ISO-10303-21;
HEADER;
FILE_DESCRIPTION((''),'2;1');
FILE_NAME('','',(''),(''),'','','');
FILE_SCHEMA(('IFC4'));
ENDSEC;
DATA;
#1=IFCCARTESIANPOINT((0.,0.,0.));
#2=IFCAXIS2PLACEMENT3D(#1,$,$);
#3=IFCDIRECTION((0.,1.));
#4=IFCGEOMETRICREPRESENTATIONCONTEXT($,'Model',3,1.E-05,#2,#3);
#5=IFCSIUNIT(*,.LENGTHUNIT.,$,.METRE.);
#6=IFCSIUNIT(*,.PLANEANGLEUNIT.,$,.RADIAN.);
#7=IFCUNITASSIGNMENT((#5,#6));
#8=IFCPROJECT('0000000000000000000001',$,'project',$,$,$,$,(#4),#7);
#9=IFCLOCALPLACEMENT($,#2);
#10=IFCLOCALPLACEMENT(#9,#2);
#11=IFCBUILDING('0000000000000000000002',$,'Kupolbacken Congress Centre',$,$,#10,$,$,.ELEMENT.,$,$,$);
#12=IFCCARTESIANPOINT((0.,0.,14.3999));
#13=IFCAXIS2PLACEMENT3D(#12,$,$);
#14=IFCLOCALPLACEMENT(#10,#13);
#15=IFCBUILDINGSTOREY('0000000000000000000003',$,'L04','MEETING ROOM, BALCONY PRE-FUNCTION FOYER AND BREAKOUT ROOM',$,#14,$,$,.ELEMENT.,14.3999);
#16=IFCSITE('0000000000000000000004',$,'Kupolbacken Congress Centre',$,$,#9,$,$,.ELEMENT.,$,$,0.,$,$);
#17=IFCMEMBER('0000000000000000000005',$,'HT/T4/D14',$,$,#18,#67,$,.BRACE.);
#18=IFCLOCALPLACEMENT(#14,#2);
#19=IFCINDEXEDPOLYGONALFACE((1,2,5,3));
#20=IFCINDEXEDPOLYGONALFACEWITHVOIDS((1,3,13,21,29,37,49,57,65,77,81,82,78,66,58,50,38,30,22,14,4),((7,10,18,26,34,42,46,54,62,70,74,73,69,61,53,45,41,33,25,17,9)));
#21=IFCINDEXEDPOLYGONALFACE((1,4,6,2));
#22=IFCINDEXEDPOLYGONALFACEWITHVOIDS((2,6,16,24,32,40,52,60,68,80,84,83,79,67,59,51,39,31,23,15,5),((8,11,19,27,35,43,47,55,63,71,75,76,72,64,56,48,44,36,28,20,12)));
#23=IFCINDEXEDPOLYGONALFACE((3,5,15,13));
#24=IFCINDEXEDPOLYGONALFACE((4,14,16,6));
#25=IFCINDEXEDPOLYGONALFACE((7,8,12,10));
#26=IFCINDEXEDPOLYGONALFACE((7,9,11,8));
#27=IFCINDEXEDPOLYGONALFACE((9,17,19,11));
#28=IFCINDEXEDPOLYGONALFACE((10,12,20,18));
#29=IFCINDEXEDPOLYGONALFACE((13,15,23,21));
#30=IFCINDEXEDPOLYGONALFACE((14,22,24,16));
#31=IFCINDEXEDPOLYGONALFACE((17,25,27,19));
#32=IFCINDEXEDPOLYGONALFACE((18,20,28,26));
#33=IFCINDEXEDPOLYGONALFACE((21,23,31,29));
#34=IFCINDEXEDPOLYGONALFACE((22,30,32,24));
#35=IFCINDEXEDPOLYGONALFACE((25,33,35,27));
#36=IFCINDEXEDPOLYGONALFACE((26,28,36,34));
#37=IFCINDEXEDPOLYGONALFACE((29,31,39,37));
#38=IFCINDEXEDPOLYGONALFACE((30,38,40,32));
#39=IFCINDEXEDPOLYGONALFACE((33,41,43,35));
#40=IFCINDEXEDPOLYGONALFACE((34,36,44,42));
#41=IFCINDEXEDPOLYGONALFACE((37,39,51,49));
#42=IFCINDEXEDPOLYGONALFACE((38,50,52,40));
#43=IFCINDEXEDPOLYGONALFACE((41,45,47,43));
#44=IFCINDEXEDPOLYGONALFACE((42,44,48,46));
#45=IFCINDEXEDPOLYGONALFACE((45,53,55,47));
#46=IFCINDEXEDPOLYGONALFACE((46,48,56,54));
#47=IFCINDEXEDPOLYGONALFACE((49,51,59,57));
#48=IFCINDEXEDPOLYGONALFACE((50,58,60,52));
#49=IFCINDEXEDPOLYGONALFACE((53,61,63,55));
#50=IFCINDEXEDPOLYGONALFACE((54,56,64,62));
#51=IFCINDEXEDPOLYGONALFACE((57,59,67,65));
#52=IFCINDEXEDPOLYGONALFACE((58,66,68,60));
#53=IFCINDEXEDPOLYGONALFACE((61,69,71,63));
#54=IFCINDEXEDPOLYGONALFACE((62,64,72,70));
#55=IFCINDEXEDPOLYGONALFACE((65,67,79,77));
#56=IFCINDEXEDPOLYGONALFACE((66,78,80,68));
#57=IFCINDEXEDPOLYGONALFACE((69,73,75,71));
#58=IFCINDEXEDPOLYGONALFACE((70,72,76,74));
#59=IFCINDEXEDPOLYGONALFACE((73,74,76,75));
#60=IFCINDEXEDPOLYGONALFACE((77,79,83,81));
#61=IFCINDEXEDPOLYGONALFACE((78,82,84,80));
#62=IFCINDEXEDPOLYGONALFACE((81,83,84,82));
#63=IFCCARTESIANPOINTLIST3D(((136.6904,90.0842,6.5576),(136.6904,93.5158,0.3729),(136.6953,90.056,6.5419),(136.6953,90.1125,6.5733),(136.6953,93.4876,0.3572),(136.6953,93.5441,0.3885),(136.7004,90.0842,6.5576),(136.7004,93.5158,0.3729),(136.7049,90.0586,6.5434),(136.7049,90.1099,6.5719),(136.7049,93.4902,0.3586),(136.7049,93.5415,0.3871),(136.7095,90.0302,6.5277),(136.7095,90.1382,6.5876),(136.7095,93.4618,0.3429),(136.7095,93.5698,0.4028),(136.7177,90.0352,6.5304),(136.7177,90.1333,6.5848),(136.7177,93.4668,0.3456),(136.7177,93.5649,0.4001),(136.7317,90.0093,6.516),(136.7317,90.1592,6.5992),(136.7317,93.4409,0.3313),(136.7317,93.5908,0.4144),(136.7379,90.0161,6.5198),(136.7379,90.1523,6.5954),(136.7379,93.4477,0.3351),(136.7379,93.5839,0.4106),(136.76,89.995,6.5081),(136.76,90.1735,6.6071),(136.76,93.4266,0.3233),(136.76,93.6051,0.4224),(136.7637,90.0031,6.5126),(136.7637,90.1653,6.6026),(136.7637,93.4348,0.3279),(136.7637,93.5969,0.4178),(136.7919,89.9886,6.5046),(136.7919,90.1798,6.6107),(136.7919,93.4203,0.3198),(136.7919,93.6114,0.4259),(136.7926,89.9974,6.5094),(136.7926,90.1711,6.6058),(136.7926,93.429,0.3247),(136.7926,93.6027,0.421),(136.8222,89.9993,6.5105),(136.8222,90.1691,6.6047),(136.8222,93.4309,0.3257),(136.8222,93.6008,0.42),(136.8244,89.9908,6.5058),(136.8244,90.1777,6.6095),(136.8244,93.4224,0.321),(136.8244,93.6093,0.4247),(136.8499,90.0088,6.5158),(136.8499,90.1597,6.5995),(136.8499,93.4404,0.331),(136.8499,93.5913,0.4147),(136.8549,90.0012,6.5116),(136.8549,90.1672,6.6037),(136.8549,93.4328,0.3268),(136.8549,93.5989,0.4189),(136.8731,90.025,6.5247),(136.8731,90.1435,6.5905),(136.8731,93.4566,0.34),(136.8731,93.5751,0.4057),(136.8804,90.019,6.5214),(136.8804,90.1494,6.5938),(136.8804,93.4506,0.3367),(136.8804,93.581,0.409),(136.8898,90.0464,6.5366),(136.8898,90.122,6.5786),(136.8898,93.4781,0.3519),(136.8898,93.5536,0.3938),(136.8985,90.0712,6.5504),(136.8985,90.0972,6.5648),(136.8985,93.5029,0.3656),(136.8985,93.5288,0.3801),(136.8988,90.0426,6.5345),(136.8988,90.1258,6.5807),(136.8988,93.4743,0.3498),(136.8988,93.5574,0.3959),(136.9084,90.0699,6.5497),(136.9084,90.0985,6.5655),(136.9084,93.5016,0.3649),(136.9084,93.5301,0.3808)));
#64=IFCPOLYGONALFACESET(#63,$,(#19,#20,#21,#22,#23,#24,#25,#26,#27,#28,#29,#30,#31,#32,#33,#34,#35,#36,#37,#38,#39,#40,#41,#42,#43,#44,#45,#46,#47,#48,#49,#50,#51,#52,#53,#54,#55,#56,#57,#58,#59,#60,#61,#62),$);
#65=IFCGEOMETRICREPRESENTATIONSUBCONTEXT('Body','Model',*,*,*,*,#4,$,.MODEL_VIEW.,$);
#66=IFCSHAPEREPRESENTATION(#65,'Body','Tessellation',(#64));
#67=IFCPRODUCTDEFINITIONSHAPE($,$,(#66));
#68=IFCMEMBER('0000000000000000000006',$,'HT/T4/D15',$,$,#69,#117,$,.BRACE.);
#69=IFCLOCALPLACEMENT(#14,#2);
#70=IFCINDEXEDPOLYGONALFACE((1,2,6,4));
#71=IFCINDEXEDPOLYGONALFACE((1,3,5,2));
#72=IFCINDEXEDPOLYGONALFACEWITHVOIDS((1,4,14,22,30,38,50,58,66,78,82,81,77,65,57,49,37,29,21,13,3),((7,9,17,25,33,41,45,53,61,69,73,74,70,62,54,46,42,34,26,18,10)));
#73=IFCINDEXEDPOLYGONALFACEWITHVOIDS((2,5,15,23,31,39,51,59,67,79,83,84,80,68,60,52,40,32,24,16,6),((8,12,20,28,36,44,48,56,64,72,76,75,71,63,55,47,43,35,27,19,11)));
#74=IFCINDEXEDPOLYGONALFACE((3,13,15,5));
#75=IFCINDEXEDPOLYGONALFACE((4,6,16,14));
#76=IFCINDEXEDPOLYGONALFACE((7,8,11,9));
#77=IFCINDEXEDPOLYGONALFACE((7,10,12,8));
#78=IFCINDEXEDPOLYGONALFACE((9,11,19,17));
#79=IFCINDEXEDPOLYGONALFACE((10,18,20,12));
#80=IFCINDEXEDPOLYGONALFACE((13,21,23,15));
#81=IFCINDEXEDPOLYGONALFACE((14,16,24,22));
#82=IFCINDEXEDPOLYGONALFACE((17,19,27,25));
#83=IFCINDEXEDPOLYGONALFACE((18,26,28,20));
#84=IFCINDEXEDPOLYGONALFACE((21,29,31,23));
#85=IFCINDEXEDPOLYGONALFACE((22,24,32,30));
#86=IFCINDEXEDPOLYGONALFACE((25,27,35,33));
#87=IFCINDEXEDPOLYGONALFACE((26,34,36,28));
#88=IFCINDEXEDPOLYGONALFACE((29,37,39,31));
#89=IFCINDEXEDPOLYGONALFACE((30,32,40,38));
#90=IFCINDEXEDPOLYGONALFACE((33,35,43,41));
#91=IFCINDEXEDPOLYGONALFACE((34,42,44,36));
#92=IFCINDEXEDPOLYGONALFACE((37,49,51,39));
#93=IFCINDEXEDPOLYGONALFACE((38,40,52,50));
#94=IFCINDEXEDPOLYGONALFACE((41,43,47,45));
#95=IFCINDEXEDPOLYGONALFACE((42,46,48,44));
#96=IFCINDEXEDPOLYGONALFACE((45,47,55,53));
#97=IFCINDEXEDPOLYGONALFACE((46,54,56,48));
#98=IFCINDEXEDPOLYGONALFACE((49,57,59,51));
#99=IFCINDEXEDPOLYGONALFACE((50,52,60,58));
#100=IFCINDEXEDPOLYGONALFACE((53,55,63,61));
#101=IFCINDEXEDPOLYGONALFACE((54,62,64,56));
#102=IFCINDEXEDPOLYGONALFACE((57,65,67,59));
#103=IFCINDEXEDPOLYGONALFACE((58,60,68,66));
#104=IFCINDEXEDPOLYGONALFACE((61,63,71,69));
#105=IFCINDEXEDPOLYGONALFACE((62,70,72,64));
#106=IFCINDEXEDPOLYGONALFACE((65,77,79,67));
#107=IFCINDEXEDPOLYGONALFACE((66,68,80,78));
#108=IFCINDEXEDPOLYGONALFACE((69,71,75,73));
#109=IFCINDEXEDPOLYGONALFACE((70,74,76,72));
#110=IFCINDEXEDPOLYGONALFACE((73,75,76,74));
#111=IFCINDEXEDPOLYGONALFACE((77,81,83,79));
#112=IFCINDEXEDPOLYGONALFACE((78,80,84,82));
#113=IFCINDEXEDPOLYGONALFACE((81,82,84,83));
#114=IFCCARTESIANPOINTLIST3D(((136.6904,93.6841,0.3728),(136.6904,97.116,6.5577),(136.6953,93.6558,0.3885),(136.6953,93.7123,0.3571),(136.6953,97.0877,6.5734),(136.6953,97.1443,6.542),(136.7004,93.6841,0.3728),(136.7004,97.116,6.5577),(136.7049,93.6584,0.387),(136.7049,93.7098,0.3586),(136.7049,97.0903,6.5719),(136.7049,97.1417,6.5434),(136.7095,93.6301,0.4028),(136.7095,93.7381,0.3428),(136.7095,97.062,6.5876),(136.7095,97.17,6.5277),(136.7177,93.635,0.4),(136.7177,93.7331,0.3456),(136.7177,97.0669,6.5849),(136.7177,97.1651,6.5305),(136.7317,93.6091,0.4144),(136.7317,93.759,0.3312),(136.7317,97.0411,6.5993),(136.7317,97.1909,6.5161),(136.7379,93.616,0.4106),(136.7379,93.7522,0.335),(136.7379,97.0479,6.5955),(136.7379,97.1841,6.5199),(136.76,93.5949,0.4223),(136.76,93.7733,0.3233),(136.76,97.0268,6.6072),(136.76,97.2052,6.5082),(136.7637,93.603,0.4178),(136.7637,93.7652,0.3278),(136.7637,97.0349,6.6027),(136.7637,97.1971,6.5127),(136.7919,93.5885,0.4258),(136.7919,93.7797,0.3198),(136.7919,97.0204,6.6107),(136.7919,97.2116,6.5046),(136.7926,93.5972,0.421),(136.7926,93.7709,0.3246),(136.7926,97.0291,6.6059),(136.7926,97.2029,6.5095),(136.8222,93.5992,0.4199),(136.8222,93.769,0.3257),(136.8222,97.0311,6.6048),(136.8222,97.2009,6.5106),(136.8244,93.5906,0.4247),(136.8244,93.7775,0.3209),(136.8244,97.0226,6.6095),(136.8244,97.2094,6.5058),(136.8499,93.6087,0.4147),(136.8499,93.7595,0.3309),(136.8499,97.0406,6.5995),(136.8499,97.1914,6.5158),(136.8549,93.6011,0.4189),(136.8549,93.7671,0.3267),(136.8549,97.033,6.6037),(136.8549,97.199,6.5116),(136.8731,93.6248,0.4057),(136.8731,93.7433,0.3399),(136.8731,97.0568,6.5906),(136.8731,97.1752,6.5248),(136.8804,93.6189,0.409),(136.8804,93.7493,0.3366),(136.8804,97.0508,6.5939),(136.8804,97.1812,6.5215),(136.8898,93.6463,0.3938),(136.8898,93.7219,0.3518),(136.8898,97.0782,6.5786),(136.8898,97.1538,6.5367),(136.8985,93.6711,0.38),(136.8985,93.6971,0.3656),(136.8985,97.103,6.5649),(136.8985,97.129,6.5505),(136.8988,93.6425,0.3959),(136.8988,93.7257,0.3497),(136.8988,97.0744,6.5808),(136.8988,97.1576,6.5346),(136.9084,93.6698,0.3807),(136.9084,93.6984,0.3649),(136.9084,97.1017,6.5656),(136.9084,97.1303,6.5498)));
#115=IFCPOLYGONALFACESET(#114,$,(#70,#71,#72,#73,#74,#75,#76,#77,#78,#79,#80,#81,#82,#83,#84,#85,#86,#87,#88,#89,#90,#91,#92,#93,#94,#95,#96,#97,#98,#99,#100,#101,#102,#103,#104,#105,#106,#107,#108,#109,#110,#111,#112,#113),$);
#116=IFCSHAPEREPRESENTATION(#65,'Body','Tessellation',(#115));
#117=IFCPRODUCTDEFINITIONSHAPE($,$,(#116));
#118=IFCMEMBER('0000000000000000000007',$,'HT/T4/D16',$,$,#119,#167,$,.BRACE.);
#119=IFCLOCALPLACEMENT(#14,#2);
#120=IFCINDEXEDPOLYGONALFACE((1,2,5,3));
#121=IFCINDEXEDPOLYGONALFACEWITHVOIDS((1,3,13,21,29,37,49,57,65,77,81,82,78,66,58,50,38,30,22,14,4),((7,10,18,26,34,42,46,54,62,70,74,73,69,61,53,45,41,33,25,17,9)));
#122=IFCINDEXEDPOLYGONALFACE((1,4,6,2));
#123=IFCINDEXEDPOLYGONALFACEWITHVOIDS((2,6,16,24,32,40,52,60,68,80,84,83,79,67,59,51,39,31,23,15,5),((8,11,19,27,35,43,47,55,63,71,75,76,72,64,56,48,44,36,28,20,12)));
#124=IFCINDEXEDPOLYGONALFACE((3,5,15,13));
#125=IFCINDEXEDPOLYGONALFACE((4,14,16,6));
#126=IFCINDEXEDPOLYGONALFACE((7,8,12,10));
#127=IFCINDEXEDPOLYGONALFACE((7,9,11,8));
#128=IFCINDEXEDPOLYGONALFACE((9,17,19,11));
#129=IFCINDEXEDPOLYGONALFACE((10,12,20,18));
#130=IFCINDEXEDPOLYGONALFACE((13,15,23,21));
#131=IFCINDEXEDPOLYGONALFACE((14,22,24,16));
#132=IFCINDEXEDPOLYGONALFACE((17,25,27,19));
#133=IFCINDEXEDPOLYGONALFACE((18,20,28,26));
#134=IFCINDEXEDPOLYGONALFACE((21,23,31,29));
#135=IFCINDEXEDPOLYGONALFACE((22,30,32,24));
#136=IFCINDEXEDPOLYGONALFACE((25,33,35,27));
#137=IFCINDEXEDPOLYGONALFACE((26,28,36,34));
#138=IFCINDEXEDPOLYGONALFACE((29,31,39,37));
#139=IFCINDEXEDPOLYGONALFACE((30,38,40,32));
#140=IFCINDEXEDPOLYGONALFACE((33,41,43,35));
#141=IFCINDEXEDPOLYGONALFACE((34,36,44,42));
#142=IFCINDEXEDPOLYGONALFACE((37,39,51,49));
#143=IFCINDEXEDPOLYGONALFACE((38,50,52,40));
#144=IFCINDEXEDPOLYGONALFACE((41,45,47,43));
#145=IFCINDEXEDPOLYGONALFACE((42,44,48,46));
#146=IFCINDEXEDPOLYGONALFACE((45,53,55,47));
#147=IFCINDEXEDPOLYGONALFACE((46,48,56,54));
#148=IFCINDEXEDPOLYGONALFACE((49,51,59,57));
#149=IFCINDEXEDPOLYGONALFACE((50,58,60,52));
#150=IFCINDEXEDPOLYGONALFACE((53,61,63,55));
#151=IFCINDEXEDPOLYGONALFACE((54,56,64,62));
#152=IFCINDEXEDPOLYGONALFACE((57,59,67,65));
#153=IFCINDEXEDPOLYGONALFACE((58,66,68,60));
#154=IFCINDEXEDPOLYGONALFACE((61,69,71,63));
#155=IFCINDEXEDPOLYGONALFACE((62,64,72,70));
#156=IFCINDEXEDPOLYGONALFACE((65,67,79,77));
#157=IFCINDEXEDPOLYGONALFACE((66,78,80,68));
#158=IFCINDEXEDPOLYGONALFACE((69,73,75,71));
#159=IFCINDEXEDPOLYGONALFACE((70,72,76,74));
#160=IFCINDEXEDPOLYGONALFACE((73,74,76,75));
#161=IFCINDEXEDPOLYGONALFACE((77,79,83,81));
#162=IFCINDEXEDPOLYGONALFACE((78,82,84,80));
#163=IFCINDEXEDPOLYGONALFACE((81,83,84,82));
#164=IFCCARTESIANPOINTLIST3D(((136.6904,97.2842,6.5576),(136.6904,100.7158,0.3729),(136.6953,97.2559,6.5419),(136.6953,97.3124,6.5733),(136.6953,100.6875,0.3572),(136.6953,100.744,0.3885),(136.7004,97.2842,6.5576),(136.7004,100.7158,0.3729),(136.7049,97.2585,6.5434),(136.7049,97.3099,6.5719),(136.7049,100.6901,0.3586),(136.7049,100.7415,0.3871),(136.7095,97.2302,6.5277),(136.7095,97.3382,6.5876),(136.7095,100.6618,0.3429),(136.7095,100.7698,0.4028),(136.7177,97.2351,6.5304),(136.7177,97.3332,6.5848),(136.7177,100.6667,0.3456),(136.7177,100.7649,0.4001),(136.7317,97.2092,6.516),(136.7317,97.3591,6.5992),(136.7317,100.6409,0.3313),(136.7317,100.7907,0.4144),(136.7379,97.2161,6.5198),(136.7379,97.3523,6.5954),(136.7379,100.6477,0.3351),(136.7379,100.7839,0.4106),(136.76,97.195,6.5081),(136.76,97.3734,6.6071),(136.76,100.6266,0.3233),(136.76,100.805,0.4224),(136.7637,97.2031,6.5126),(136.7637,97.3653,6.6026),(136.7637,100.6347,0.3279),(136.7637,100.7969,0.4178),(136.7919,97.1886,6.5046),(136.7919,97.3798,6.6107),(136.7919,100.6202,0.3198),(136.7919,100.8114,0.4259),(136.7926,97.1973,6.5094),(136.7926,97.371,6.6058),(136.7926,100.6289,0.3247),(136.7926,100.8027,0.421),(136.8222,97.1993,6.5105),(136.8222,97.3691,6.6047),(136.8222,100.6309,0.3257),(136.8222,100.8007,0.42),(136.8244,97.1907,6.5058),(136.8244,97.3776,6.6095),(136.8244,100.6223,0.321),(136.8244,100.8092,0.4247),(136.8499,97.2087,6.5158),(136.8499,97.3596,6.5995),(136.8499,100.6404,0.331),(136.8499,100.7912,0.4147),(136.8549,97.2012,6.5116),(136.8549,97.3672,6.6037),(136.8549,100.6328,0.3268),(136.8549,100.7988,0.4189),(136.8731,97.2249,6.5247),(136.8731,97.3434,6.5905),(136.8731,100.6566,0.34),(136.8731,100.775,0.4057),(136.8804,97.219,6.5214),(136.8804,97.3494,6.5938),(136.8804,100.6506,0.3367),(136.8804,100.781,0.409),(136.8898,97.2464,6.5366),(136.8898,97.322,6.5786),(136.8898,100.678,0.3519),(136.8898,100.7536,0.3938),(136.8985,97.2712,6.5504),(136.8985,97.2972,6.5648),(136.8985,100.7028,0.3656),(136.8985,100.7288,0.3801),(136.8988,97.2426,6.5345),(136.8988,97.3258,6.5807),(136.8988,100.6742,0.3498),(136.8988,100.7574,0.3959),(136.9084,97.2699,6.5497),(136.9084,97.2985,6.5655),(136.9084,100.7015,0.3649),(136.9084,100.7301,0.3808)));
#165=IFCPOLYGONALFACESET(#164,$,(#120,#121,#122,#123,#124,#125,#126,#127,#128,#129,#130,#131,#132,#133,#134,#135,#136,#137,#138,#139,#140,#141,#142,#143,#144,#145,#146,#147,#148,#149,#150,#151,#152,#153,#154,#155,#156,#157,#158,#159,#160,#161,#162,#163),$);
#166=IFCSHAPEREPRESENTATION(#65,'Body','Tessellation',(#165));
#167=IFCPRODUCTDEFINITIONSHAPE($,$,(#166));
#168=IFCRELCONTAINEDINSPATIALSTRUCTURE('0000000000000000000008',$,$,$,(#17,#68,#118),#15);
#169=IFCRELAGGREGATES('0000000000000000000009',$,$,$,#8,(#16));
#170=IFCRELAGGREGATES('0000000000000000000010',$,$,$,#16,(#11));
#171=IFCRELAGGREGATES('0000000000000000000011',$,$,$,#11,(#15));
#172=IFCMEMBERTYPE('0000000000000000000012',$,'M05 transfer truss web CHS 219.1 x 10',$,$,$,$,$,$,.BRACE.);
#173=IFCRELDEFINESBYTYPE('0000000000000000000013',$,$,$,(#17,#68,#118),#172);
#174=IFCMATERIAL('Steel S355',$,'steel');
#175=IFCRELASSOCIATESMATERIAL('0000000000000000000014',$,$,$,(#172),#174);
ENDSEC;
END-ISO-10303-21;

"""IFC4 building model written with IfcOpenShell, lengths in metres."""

from ifc_helpers import new_model, si_unit, direction, frame, origin, origin_2d, place, context, subcontext, project, spatial, hollow_circle, extrude, material, material_profile, profile_set, type_object, element, save


model = new_model("IFC4")

# Units and contexts
model_context = context("Model", 3, precision=1e-05, world=origin(), true_north=direction((0.0, 1.0)))
body_context = subcontext(model_context, "Body", "Model", "MODEL_VIEW")
ifc_project = project(units=[si_unit("LENGTHUNIT", "METRE"), si_unit("PLANEANGLEUNIT", "RADIAN")], contexts=[model_context])

# Site, building, storey
site_placement = place(None, origin())
site = spatial("IfcSite", under=ifc_project, at=site_placement, Name="Kupolbacken Congress Centre", CompositionType="ELEMENT", RefElevation=0.0)
building_placement = place(site_placement, origin())
building = spatial("IfcBuilding", under=site, at=building_placement, Name="Kupolbacken Congress Centre", CompositionType="ELEMENT")
storey_placement = place(building_placement, frame((0.0, 0.0, 14.3999)))
storey = spatial("IfcBuildingStorey", under=building, at=storey_placement, Name="L04", Description="MEETING ROOM, BALCONY PRE-FUNCTION FOYER AND BREAKOUT ROOM", CompositionType="ELEMENT", Elevation=14.3999)

# Members
ifc_material_1 = material(Name="Steel S355", Category="steel")
ifc_material_profile_1 = material_profile(ifc_material_1, hollow_circle(Radius=0.1096, WallThickness=0.01, at=origin_2d()), Name="CHS 219.1 x 10")
ifc_profile_set_1 = profile_set([ifc_material_profile_1], Name="Steel S355")
member_type_1 = type_object("IfcMemberType", Name="M05 transfer truss web CHS 219.1 x 10", PredefinedType="BRACE", material=ifc_profile_set_1)
for number, where, z_axis, x_axis, name in (
    (1, (136.8, 90.0842, 6.5576), (0.0, 0.485171, -0.874419), (-1.0, 0.0, 0.0), "HT/T4/D14"),
):
    element("IfcMember", number, at=place(storey_placement, frame(where, z_axis=z_axis, x_axis=x_axis)), inside=storey, type_object=member_type_1, Name=name, PredefinedType="BRACE", context=body_context, shape_type="SweptSolid", body=[
        extrude(hollow_circle(Radius=0.1096, WallThickness=0.01, at=origin_2d()), origin(), (0.0, 0.0, 1.0), 7.073),
    ])
member_1_placement = place(storey_placement, frame((136.8, 93.6841, 0.3728), z_axis=(0.0, 0.485197, 0.874405), x_axis=(-1.0, 0.0, 0.0)))
element("IfcMember", 2, at=member_1_placement, inside=storey, type_object=member_type_1, Name="HT/T4/D15", PredefinedType="BRACE", context=body_context, shape_type="SweptSolid", body=[
    extrude(hollow_circle(Radius=0.1096, WallThickness=0.01, at=origin_2d()), origin(), (0.0, 0.0, 1.0), 7.0732),
])
member_2_placement = place(storey_placement, frame((136.8, 97.2842, 6.5576), z_axis=(0.0, 0.485171, -0.874419), x_axis=(-1.0, 0.0, 0.0)))
element("IfcMember", 3, at=member_2_placement, inside=storey, type_object=member_type_1, Name="HT/T4/D16", PredefinedType="BRACE", context=body_context, shape_type="SweptSolid", body=[
    extrude(hollow_circle(Radius=0.1096, WallThickness=0.01, at=origin_2d()), origin(), (0.0, 0.0, 1.0), 7.073),
])

save(model, "model.ifc")
